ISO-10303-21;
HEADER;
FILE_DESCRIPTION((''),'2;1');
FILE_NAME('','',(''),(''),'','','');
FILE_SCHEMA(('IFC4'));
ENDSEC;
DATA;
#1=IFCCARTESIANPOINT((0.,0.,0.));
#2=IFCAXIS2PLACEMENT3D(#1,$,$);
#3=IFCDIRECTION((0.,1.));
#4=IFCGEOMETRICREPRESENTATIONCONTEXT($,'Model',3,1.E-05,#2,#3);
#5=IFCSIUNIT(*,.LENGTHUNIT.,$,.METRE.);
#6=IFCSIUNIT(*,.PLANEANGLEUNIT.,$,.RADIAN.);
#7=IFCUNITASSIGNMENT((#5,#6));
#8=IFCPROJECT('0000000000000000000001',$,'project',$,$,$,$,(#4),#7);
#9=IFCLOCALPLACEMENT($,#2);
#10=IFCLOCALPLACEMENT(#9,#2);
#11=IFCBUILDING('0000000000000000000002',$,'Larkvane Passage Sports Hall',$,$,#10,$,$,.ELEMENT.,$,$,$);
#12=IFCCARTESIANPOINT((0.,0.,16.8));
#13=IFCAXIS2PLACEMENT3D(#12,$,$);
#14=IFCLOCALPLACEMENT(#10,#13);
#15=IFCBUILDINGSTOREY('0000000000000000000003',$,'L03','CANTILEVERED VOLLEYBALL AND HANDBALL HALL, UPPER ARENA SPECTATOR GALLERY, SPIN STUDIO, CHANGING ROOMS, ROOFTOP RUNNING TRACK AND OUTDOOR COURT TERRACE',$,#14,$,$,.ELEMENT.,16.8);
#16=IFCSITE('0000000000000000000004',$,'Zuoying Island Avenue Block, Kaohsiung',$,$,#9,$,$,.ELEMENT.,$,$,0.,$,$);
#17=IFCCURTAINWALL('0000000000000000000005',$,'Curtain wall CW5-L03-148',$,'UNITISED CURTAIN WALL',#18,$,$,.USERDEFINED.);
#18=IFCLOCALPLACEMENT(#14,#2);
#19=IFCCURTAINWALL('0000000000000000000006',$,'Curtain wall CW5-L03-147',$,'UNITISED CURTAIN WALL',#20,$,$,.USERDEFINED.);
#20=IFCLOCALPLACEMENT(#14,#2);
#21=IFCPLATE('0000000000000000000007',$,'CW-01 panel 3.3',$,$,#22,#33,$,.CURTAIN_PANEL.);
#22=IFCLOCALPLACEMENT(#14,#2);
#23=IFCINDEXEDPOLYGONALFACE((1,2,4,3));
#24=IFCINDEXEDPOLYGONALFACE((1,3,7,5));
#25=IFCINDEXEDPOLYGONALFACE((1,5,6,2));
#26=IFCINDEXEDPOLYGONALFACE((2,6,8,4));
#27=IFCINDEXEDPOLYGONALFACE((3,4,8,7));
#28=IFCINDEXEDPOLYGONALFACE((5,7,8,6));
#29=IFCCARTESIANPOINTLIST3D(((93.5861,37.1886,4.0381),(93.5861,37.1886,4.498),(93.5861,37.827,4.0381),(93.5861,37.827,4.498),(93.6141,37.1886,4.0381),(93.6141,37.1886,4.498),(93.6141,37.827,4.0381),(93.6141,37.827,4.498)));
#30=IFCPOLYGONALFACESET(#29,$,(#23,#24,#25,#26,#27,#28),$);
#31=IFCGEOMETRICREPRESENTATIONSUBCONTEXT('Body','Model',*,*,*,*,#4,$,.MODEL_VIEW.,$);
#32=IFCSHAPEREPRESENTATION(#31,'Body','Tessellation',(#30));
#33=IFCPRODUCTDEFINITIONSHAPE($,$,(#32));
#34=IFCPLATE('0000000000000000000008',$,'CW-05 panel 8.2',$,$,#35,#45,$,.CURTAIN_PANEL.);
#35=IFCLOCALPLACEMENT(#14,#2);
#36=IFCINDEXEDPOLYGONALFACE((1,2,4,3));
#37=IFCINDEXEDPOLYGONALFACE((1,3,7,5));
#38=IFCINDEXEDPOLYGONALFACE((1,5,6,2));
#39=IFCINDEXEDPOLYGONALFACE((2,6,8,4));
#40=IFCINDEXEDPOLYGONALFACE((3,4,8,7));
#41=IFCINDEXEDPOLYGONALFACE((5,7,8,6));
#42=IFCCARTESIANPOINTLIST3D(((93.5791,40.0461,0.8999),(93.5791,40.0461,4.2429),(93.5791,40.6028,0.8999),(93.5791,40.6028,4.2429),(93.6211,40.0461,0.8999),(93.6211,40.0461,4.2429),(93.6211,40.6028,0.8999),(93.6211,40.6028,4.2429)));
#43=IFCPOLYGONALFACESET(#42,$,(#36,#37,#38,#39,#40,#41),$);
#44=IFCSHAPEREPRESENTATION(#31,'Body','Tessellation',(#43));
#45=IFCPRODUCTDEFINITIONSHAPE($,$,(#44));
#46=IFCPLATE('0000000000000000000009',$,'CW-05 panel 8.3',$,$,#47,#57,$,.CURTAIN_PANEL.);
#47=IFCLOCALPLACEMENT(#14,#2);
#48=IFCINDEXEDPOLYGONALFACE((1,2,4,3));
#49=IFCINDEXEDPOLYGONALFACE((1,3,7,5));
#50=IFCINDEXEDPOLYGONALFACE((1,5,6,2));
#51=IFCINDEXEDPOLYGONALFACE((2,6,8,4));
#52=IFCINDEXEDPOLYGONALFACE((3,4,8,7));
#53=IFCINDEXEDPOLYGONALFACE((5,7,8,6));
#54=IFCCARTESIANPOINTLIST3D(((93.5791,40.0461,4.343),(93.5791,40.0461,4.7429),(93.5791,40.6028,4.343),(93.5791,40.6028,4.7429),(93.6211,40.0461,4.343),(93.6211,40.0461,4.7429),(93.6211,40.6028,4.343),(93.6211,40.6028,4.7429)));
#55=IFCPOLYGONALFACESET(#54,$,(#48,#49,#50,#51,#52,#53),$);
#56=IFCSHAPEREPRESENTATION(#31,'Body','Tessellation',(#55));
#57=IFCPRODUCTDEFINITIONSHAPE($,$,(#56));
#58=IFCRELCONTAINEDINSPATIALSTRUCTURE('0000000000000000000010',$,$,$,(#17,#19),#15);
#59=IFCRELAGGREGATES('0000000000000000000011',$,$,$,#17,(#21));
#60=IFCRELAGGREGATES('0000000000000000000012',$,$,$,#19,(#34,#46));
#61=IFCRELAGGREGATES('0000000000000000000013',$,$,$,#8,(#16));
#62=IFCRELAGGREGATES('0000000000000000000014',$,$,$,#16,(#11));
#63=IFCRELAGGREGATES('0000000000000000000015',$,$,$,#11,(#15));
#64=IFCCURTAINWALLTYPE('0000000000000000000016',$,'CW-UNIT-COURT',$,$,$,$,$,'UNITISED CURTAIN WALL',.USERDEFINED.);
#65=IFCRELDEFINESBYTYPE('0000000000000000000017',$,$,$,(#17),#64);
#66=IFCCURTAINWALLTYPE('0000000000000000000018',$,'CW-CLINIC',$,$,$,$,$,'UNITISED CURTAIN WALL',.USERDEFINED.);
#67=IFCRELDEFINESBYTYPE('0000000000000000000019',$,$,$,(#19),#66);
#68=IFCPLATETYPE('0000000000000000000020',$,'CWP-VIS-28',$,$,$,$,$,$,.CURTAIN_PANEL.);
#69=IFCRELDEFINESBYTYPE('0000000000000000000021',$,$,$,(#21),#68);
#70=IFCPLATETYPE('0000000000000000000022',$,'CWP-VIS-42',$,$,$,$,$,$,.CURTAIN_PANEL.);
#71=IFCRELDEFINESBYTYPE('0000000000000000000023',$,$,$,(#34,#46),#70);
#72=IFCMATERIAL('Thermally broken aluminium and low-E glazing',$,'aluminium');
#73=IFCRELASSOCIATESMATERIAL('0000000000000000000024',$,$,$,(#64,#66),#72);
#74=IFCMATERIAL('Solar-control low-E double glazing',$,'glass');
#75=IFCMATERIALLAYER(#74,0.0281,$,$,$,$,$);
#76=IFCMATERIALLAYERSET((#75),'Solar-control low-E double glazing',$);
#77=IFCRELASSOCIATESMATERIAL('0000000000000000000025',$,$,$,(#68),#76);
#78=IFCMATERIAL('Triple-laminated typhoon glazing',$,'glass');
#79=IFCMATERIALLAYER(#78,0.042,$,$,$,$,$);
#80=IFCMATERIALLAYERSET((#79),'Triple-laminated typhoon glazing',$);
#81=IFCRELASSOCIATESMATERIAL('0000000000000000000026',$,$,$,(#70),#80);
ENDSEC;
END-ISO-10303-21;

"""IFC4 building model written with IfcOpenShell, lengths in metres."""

from ifc_helpers import new_model, si_unit, direction, frame, origin, origin_2d, place, context, subcontext, project, spatial, rectangle, extrude, material, layer, layer_set, type_object, element, aggregate, save


model = new_model("IFC4")

# Units and contexts
model_context = context("Model", 3, precision=1e-05, world=origin(), true_north=direction((0.0, 1.0)))
body_context = subcontext(model_context, "Body", "Model", "MODEL_VIEW")
ifc_project = project(units=[si_unit("LENGTHUNIT", "METRE"), si_unit("PLANEANGLEUNIT", "RADIAN")], contexts=[model_context])

# Site, building, storey
site_placement = place(None, origin())
site = spatial("IfcSite", under=ifc_project, at=site_placement, Name="Zuoying Island Avenue Block, Kaohsiung", CompositionType="ELEMENT", RefElevation=0.0)
building_placement = place(site_placement, origin())
building = spatial("IfcBuilding", under=site, at=building_placement, Name="Larkvane Passage Sports Hall", CompositionType="ELEMENT")
storey_placement = place(building_placement, frame((0.0, 0.0, 16.8)))
storey = spatial("IfcBuildingStorey", under=building, at=storey_placement, Name="L03", Description="CANTILEVERED VOLLEYBALL AND HANDBALL HALL, UPPER ARENA SPECTATOR GALLERY, SPIN STUDIO, CHANGING ROOMS, ROOFTOP RUNNING TRACK AND OUTDOOR COURT TERRACE", CompositionType="ELEMENT", Elevation=16.8)

# Curtain wall
ifc_material_1 = material(Name="Thermally broken aluminium and low-E glazing", Category="aluminium")
curtain_wall_type_1 = type_object("IfcCurtainWallType", Name="CW-UNIT-COURT", ElementType="UNITISED CURTAIN WALL", PredefinedType="USERDEFINED", material=ifc_material_1)
curtain_wall_1_placement = place(storey_placement, origin())
curtain_wall_1 = element("IfcCurtainWall", 1, at=curtain_wall_1_placement, inside=storey, type_object=curtain_wall_type_1, Name="Curtain wall CW5-L03-148", ObjectType="UNITISED CURTAIN WALL", PredefinedType="USERDEFINED")

# Curtain wall
curtain_wall_type_2 = type_object("IfcCurtainWallType", Name="CW-CLINIC", ElementType="UNITISED CURTAIN WALL", PredefinedType="USERDEFINED", material=ifc_material_1)
curtain_wall_2_placement = place(storey_placement, origin())
curtain_wall_2 = element("IfcCurtainWall", 2, at=curtain_wall_2_placement, inside=storey, type_object=curtain_wall_type_2, Name="Curtain wall CW5-L03-147", ObjectType="UNITISED CURTAIN WALL", PredefinedType="USERDEFINED")

# Plates
ifc_material_2 = material(Name="Solar-control low-E double glazing", Category="glass")
ifc_layer_1 = layer(ifc_material_2, 0.0281)
ifc_layer_set_1 = layer_set([ifc_layer_1], Name="Solar-control low-E double glazing")
plate_type_1 = type_object("IfcPlateType", Name="CWP-VIS-28", PredefinedType="CURTAIN_PANEL", material=ifc_layer_set_1)
plate_1_placement = place(storey_placement, frame((93.6001, 37.5078, 4.0381), z_axis=(0.0, 0.0, 1.0), x_axis=(0.0, -1.0, 0.0)))
plate_1 = element("IfcPlate", 3, at=plate_1_placement, type_object=plate_type_1, Name="CW-01 panel 3.3", PredefinedType="CURTAIN_PANEL", context=body_context, shape_type="SweptSolid", body=[
    extrude(rectangle(XDim=0.6384, YDim=0.0281, at=origin_2d()), origin(), (0.0, 0.0, 1.0), 0.46),
])
aggregate(curtain_wall_1, [plate_1])
ifc_material_3 = material(Name="Triple-laminated typhoon glazing", Category="glass")
ifc_layer_2 = layer(ifc_material_3, 0.042)
ifc_layer_set_2 = layer_set([ifc_layer_2], Name="Triple-laminated typhoon glazing")
plate_type_2 = type_object("IfcPlateType", Name="CWP-VIS-42", PredefinedType="CURTAIN_PANEL", material=ifc_layer_set_2)
plate_2_placement = place(storey_placement, frame((93.6001, 40.3245, 0.8999), z_axis=(0.0, 0.0, 1.0), x_axis=(0.0, -1.0, 0.0)))
plate_2 = element("IfcPlate", 4, at=plate_2_placement, type_object=plate_type_2, Name="CW-05 panel 8.2", PredefinedType="CURTAIN_PANEL", context=body_context, shape_type="SweptSolid", body=[
    extrude(rectangle(XDim=0.5566, YDim=0.042, at=origin_2d()), origin(), (0.0, 0.0, 1.0), 3.343),
])
plate_3_placement = place(storey_placement, frame((93.6001, 40.3245, 4.343), z_axis=(0.0, 0.0, 1.0), x_axis=(0.0, -1.0, 0.0)))
plate_3 = element("IfcPlate", 5, at=plate_3_placement, type_object=plate_type_2, Name="CW-05 panel 8.3", PredefinedType="CURTAIN_PANEL", context=body_context, shape_type="SweptSolid", body=[
    extrude(rectangle(XDim=0.5566, YDim=0.042, at=origin_2d()), origin(), (0.0, 0.0, 1.0), 0.3999),
])
aggregate(curtain_wall_2, [plate_2, plate_3])

save(model, "model.ifc")
